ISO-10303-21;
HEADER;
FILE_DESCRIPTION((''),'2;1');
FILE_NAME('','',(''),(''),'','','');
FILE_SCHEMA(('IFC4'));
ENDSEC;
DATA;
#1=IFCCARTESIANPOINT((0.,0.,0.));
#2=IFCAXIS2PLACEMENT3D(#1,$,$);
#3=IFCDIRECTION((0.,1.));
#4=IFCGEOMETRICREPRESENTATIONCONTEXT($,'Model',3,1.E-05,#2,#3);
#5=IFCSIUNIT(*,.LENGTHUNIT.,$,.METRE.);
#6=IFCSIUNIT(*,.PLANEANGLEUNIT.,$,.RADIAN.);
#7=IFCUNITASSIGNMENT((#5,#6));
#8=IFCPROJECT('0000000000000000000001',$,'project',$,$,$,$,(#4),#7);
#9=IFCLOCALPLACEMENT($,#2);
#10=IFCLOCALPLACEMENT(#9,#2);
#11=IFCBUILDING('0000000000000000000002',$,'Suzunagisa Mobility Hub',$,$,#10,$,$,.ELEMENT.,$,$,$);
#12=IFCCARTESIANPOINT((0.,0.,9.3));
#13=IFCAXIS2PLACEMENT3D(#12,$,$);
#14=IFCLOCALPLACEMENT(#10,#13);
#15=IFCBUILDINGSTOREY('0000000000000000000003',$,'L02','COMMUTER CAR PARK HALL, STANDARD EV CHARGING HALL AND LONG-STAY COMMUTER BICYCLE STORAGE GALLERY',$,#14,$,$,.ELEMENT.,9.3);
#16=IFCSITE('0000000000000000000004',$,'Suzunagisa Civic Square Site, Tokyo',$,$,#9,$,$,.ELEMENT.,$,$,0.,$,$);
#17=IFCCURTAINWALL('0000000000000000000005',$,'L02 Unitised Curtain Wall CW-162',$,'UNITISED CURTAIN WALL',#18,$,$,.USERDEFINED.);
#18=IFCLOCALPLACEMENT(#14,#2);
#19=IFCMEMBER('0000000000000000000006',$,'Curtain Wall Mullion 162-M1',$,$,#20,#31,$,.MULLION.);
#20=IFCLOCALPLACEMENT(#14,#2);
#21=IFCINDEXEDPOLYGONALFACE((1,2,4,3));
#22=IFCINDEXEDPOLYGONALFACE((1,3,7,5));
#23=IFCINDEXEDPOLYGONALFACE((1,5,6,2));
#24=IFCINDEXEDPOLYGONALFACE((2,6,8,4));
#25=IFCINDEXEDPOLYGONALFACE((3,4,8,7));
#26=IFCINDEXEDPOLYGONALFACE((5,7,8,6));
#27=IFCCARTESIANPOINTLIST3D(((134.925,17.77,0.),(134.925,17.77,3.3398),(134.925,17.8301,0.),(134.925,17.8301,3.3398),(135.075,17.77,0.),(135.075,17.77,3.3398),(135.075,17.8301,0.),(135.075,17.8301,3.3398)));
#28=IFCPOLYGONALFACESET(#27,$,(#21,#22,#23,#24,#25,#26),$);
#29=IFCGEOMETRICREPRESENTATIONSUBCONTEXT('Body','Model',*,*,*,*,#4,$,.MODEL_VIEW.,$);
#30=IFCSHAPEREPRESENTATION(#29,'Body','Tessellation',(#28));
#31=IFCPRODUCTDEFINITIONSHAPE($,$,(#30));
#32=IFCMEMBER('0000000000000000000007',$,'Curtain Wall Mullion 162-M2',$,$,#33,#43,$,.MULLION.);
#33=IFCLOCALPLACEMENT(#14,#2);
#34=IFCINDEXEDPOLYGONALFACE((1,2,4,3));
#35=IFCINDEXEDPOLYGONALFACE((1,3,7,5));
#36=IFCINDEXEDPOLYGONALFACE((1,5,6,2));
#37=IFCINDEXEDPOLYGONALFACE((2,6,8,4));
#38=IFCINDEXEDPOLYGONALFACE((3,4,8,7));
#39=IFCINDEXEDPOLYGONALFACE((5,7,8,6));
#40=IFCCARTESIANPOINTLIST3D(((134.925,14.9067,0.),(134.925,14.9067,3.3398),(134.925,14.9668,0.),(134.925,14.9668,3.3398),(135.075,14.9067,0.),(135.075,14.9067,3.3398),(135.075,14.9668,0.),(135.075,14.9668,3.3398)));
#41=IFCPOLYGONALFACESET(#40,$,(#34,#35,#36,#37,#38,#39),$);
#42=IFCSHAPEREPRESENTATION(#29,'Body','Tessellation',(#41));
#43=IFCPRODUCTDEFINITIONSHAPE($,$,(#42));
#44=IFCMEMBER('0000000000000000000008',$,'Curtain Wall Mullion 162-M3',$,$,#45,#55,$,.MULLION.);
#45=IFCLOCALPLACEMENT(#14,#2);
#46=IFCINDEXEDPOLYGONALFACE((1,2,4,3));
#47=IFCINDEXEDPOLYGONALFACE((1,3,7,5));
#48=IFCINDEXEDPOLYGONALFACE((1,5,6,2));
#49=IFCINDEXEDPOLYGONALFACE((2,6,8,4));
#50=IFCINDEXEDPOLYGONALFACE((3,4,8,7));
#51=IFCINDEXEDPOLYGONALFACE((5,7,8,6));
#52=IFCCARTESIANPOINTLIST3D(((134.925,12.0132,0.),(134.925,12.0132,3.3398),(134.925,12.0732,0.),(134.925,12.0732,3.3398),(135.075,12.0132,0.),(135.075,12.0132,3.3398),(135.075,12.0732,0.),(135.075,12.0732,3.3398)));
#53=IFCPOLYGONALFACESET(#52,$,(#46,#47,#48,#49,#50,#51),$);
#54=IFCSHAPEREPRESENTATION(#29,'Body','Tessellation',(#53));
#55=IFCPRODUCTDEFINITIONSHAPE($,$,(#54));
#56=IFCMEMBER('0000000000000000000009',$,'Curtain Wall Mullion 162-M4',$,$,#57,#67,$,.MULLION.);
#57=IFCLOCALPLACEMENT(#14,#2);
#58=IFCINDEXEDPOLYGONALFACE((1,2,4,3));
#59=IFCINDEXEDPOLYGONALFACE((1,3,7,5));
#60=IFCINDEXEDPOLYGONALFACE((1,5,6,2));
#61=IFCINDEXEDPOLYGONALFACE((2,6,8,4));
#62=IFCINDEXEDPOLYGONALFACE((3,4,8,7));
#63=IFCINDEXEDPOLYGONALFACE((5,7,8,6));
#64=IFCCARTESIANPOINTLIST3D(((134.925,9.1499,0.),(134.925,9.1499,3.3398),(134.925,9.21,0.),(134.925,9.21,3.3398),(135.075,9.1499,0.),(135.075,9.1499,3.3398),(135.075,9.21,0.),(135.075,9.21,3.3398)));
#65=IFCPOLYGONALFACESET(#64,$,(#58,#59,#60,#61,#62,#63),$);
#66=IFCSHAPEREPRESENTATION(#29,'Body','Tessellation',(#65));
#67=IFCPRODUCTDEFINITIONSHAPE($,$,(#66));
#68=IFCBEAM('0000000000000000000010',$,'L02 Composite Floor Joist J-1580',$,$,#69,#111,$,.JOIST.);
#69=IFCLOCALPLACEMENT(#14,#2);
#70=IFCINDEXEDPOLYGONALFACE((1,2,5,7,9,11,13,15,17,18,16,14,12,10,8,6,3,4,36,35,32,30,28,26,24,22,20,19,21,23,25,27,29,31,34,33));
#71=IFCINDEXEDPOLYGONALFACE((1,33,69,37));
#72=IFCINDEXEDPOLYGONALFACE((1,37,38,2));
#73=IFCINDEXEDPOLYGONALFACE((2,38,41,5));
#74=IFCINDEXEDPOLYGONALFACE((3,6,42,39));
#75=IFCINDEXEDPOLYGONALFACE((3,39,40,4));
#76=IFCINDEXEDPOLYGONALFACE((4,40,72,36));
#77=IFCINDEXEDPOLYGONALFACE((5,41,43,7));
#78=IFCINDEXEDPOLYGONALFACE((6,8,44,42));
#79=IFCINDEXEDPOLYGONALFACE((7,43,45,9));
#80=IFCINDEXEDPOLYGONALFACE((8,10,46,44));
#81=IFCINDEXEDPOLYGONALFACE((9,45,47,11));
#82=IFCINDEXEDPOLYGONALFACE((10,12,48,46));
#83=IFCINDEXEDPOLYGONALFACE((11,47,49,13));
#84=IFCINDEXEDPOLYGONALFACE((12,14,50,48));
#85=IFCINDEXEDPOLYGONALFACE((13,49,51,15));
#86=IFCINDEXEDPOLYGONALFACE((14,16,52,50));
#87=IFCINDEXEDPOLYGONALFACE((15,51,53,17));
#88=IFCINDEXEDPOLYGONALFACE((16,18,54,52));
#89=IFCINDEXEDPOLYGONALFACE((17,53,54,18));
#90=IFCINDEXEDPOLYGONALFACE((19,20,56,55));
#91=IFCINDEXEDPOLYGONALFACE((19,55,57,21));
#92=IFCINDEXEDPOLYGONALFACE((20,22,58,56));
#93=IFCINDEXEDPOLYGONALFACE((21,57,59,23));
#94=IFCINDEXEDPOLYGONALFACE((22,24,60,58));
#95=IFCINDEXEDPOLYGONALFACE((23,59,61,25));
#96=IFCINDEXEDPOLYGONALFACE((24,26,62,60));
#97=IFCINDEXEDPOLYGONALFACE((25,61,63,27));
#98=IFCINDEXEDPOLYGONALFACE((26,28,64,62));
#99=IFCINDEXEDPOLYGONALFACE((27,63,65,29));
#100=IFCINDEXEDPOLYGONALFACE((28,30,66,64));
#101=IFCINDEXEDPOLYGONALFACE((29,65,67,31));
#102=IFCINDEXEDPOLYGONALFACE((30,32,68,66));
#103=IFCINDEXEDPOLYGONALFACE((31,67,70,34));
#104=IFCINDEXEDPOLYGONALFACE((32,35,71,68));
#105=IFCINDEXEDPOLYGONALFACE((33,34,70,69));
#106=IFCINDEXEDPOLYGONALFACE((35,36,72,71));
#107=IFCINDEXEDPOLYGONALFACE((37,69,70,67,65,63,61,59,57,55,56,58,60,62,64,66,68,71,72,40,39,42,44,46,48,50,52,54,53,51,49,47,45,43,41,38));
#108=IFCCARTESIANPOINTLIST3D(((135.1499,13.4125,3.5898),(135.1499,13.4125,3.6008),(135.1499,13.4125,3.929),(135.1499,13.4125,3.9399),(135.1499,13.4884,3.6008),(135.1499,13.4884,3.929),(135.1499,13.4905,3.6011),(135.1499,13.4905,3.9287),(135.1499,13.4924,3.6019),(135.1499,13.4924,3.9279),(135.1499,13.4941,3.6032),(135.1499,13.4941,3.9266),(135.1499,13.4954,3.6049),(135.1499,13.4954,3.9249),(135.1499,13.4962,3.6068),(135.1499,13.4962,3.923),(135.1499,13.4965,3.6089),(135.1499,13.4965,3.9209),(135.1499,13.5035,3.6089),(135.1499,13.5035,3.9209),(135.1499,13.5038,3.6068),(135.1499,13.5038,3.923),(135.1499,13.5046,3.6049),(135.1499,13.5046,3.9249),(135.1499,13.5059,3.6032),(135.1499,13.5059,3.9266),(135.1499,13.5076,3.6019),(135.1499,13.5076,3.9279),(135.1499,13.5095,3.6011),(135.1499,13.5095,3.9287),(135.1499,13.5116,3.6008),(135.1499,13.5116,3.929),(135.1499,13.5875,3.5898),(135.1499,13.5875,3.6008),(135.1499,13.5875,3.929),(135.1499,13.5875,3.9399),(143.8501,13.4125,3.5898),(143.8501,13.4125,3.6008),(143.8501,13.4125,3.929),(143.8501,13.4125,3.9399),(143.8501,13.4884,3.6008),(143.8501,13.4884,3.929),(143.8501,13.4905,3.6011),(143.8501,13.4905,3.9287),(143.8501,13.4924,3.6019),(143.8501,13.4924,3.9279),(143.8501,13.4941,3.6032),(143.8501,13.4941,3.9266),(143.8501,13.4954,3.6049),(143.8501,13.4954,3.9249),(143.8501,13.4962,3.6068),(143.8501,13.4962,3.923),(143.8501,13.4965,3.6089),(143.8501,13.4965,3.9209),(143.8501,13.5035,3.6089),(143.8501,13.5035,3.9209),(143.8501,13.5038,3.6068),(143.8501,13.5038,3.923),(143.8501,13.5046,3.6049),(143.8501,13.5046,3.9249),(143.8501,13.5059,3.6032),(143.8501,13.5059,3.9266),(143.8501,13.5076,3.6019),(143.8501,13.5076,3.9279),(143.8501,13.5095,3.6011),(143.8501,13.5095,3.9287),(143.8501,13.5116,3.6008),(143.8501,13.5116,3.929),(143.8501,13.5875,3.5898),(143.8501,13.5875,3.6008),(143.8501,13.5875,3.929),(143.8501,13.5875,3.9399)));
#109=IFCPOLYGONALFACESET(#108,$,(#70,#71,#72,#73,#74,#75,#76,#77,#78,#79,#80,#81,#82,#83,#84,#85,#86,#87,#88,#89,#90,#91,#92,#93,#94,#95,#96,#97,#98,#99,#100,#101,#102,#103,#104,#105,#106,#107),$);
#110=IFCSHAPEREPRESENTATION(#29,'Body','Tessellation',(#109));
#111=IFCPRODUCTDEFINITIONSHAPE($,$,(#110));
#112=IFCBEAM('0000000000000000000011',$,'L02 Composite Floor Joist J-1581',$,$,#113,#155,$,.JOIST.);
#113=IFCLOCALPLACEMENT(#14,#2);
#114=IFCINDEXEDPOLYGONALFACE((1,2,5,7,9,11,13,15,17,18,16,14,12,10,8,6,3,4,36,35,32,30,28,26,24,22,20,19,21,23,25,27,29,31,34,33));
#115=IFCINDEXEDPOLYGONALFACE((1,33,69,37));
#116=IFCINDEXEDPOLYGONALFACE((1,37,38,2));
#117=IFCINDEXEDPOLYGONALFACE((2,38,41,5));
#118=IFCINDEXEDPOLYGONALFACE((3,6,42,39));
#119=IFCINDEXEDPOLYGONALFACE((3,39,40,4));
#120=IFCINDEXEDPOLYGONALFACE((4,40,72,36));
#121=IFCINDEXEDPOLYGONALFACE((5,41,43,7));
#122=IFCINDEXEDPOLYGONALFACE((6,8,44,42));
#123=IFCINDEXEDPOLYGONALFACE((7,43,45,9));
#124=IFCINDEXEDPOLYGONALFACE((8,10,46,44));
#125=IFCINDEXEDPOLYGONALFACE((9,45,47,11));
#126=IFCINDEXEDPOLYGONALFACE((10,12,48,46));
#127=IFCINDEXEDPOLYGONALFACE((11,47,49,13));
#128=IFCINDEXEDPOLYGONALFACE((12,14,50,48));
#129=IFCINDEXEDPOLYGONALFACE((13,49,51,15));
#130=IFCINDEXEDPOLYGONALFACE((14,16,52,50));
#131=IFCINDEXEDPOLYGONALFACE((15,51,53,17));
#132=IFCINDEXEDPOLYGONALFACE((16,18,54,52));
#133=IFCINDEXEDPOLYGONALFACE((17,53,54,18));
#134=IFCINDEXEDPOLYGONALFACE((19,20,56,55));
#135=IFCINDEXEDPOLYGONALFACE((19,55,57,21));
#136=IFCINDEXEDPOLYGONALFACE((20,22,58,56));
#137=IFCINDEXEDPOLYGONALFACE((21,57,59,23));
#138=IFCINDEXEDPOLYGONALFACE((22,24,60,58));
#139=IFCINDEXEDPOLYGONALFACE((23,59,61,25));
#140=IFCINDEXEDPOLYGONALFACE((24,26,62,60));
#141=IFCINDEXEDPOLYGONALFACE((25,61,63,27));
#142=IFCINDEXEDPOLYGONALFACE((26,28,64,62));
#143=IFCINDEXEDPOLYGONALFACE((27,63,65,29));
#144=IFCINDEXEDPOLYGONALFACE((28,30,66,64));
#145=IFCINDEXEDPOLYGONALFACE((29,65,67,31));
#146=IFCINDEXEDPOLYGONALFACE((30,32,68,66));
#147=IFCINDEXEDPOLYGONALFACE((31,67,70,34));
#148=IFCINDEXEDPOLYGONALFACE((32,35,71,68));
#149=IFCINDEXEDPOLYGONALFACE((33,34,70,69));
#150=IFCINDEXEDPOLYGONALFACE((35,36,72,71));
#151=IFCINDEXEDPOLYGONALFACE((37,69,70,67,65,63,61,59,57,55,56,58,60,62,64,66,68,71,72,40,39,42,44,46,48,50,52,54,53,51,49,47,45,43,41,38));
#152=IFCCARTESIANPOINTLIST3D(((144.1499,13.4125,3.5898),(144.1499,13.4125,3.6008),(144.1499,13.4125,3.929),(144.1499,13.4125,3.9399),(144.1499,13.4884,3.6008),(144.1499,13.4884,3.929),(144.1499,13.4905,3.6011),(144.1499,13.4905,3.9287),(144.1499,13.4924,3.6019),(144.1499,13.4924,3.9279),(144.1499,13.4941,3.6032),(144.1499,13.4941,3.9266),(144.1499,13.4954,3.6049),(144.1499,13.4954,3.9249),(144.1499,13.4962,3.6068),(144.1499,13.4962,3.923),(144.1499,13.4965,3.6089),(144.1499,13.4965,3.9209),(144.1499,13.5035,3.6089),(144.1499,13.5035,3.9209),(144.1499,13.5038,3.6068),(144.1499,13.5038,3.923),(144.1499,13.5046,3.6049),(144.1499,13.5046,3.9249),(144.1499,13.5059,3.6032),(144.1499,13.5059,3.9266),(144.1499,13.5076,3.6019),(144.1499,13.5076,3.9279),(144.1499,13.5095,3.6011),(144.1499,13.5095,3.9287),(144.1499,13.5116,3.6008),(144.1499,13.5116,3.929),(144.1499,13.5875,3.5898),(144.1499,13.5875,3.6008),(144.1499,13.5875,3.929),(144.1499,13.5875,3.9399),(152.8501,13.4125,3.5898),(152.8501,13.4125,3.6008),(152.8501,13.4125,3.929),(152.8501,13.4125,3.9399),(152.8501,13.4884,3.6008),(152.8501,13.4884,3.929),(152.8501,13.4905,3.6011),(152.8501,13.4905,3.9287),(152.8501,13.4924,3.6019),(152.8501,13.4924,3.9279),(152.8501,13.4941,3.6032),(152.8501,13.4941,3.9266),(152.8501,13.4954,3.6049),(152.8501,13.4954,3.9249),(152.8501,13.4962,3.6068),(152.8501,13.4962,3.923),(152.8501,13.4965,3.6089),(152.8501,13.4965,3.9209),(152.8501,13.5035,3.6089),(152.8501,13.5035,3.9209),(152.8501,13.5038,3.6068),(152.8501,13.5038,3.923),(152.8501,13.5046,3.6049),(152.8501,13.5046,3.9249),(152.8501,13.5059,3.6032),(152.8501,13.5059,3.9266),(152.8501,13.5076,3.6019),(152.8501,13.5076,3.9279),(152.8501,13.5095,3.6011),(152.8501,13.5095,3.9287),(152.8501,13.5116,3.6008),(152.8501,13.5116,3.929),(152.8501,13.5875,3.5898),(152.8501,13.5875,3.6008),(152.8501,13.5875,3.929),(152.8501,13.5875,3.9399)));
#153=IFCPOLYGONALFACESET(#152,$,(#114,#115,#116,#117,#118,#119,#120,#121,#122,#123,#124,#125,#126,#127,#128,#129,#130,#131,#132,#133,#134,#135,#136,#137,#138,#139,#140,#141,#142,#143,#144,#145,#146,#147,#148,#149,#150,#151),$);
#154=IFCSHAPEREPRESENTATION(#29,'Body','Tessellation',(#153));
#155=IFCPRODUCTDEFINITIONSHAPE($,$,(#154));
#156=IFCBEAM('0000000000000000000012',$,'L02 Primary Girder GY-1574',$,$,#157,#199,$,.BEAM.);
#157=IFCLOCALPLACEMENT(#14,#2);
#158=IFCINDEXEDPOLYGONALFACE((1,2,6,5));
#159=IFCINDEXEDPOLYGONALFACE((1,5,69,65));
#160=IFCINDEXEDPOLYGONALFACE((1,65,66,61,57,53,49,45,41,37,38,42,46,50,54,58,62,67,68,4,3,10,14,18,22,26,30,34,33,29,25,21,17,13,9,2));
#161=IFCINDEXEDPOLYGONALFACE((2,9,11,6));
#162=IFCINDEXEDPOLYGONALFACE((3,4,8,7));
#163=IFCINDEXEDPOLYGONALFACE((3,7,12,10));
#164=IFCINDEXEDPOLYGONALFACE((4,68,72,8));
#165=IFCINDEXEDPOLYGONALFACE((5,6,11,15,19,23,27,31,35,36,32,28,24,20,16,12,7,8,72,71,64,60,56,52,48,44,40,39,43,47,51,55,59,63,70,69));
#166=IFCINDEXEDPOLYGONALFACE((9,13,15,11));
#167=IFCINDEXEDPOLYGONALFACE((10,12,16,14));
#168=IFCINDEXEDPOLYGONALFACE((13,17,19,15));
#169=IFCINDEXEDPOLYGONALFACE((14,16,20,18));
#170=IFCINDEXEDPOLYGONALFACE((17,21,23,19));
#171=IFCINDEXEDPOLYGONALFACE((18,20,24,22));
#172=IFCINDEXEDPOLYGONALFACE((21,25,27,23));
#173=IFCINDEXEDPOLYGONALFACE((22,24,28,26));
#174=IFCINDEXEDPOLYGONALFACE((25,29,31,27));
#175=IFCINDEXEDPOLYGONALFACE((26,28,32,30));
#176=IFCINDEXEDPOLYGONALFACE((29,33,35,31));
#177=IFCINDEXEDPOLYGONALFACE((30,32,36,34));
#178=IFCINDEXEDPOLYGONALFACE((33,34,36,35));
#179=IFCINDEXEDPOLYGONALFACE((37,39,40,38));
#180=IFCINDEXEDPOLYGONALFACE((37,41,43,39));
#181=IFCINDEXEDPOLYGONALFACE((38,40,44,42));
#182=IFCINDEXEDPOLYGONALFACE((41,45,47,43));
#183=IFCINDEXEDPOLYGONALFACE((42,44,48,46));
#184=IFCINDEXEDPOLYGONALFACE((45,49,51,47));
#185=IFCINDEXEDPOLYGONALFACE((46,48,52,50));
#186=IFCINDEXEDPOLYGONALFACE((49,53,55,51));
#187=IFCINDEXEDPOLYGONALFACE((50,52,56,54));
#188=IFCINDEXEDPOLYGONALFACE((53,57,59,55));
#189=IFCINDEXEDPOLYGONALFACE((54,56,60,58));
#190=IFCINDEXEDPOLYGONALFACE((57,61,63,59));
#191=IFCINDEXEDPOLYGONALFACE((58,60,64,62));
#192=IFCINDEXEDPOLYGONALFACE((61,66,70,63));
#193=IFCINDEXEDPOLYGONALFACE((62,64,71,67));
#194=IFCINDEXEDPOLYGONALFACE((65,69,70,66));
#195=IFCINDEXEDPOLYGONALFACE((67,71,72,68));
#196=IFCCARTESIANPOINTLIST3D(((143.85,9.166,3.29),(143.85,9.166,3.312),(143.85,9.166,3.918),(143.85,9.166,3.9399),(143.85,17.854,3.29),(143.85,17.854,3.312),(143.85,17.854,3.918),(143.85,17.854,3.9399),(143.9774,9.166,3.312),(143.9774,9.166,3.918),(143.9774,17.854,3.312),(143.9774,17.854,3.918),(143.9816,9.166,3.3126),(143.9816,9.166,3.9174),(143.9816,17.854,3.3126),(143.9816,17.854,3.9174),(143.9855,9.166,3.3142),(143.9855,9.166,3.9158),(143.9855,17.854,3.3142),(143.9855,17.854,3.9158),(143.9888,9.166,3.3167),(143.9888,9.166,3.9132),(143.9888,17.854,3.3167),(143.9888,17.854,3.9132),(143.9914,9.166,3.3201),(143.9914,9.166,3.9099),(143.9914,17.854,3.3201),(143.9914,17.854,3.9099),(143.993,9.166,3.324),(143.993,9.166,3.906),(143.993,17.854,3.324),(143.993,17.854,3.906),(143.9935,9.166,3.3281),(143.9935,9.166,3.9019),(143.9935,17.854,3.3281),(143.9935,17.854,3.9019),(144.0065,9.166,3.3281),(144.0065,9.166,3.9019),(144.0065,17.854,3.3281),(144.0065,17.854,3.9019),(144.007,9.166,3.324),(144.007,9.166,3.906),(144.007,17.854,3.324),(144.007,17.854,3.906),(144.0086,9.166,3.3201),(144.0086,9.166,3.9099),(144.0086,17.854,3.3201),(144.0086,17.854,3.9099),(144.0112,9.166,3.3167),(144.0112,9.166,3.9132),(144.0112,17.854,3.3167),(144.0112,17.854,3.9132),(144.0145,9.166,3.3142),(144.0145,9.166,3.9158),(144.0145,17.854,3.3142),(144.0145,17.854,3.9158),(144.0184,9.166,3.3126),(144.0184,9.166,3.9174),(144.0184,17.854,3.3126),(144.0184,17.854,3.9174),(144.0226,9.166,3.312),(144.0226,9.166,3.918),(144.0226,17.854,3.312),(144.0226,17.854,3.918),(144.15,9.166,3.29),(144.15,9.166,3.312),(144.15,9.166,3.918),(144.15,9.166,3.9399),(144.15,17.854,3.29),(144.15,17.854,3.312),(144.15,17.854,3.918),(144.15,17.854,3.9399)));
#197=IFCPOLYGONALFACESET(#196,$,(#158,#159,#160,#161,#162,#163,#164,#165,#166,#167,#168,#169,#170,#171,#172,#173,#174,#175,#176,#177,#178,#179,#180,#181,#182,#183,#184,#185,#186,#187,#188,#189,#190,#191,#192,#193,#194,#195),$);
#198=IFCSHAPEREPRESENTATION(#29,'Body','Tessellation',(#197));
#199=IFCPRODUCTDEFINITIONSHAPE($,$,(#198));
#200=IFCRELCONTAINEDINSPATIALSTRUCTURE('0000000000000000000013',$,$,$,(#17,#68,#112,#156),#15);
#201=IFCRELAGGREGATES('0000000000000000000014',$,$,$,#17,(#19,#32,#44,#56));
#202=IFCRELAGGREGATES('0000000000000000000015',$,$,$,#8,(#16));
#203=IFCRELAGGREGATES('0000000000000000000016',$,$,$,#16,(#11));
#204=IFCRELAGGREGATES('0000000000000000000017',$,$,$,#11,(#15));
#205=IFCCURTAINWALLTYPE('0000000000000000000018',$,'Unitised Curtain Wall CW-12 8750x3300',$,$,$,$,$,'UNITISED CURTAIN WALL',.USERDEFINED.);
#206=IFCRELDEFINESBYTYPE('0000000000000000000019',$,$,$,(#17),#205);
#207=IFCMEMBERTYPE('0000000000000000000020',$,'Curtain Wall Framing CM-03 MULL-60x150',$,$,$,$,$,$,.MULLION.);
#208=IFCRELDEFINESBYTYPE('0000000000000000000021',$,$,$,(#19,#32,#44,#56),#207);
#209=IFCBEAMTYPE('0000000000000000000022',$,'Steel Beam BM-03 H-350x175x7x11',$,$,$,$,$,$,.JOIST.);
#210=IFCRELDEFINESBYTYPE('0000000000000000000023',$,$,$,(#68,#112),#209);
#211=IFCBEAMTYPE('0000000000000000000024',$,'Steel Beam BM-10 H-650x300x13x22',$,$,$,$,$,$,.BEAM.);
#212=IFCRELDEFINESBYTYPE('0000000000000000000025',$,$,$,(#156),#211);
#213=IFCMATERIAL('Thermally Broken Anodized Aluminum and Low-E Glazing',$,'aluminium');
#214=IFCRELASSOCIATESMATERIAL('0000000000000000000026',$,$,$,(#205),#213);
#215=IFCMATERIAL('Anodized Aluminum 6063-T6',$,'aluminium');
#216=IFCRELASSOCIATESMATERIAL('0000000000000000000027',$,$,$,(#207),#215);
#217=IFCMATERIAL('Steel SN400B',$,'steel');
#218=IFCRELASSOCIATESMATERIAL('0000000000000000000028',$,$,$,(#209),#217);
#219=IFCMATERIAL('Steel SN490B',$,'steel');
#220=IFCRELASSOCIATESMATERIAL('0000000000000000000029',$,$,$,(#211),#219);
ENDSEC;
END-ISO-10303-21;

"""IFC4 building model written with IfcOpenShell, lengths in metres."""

from ifc_helpers import new_model, si_unit, direction, frame, origin, origin_2d, place, context, subcontext, project, spatial, rectangle, i_section, extrude, material, material_profile, profile_set, type_object, element, aggregate, save


model = new_model("IFC4")

# Units and contexts
model_context = context("Model", 3, precision=1e-05, world=origin(), true_north=direction((0.0, 1.0)))
body_context = subcontext(model_context, "Body", "Model", "MODEL_VIEW")
ifc_project = project(units=[si_unit("LENGTHUNIT", "METRE"), si_unit("PLANEANGLEUNIT", "RADIAN")], contexts=[model_context])

# Site, building, storey
site_placement = place(None, origin())
site = spatial("IfcSite", under=ifc_project, at=site_placement, Name="Suzunagisa Civic Square Site, Tokyo", CompositionType="ELEMENT", RefElevation=0.0)
building_placement = place(site_placement, origin())
building = spatial("IfcBuilding", under=site, at=building_placement, Name="Suzunagisa Mobility Hub", CompositionType="ELEMENT")
storey_placement = place(building_placement, frame((0.0, 0.0, 9.3)))
storey = spatial("IfcBuildingStorey", under=building, at=storey_placement, Name="L02", Description="COMMUTER CAR PARK HALL, STANDARD EV CHARGING HALL AND LONG-STAY COMMUTER BICYCLE STORAGE GALLERY", CompositionType="ELEMENT", Elevation=9.3)

# Shared definitions
ifc_material_1 = material(Name="Steel SN490B", Category="steel")

# Curtain wall, members
ifc_material_2 = material(Name="Thermally Broken Anodized Aluminum and Low-E Glazing", Category="aluminium")
curtain_wall_type = type_object("IfcCurtainWallType", Name="Unitised Curtain Wall CW-12 8750x3300", ElementType="UNITISED CURTAIN WALL", PredefinedType="USERDEFINED", material=ifc_material_2)
curtain_wall_placement = place(storey_placement, origin())
curtain_wall = element("IfcCurtainWall", 1, at=curtain_wall_placement, inside=storey, type_object=curtain_wall_type, Name="L02 Unitised Curtain Wall CW-162", ObjectType="UNITISED CURTAIN WALL", PredefinedType="USERDEFINED")
ifc_material_3 = material(Name="Anodized Aluminum 6063-T6", Category="aluminium")
ifc_material_profile_1 = material_profile(ifc_material_3, rectangle(XDim=0.0601, YDim=0.1499, at=origin_2d()), Name="MULL-60x150")
ifc_profile_set_1 = profile_set([ifc_material_profile_1], Name="Anodized Aluminum 6063-T6")
member_type_1 = type_object("IfcMemberType", Name="Curtain Wall Framing CM-03 MULL-60x150", PredefinedType="MULLION", material=ifc_profile_set_1)
member_1_placement = place(storey_placement, frame((135.0, 17.8, 0.0), z_axis=(0.0, 0.0, 1.0), x_axis=(0.0, -1.0, 0.0)))
member_1 = element("IfcMember", 2, at=member_1_placement, type_object=member_type_1, Name="Curtain Wall Mullion 162-M1", PredefinedType="MULLION", context=body_context, shape_type="SweptSolid", body=[
    extrude(rectangle(XDim=0.0601, YDim=0.1499, at=origin_2d()), origin(), (0.0, 0.0, 1.0), 3.3398),
])
member_2_placement = place(storey_placement, frame((135.0, 14.9368, 0.0), z_axis=(0.0, 0.0, 1.0), x_axis=(0.0, -1.0, 0.0)))
member_2 = element("IfcMember", 3, at=member_2_placement, type_object=member_type_1, Name="Curtain Wall Mullion 162-M2", PredefinedType="MULLION", context=body_context, shape_type="SweptSolid", body=[
    extrude(rectangle(XDim=0.0601, YDim=0.1499, at=origin_2d()), origin(), (0.0, 0.0, 1.0), 3.3398),
])
member_3_placement = place(storey_placement, frame((135.0, 12.0432, 0.0), z_axis=(0.0, 0.0, 1.0), x_axis=(0.0, -1.0, 0.0)))
member_3 = element("IfcMember", 4, at=member_3_placement, type_object=member_type_1, Name="Curtain Wall Mullion 162-M3", PredefinedType="MULLION", context=body_context, shape_type="SweptSolid", body=[
    extrude(rectangle(XDim=0.0601, YDim=0.1499, at=origin_2d()), origin(), (0.0, 0.0, 1.0), 3.3398),
])
member_4_placement = place(storey_placement, frame((135.0, 9.1799, 0.0), z_axis=(0.0, 0.0, 1.0), x_axis=(0.0, -1.0, 0.0)))
member_4 = element("IfcMember", 5, at=member_4_placement, type_object=member_type_1, Name="Curtain Wall Mullion 162-M4", PredefinedType="MULLION", context=body_context, shape_type="SweptSolid", body=[
    extrude(rectangle(XDim=0.0601, YDim=0.1499, at=origin_2d()), origin(), (0.0, 0.0, 1.0), 3.3398),
])

# Beams
ifc_material_4 = material(Name="Steel SN400B", Category="steel")
ifc_material_profile_2 = material_profile(ifc_material_4, i_section(OverallWidth=0.175, OverallDepth=0.3501, WebThickness=0.0071, FlangeThickness=0.011, FilletRadius=0.0081, at=origin_2d()), Name="H-350x175x7x11")
ifc_profile_set_2 = profile_set([ifc_material_profile_2], Name="Steel SN400B")
beam_type_1 = type_object("IfcBeamType", Name="Steel Beam BM-03 H-350x175x7x11", PredefinedType="JOIST", material=ifc_profile_set_2)
for number, where, z_axis, x_axis, name in (
    (6, (135.1499, 13.5, 3.7649), (1.0, 0.0, 0.0), (0.0, 1.0, 0.0), "L02 Composite Floor Joist J-1580"),
    (7, (144.1499, 13.5, 3.7649), (1.0, 0.0, 0.0), (0.0, 1.0, 0.0), "L02 Composite Floor Joist J-1581"),
):
    element("IfcBeam", number, at=place(storey_placement, frame(where, z_axis=z_axis, x_axis=x_axis)), inside=storey, type_object=beam_type_1, Name=name, PredefinedType="JOIST", context=body_context, shape_type="SweptSolid", body=[
        extrude(i_section(OverallWidth=0.175, OverallDepth=0.3501, WebThickness=0.0071, FlangeThickness=0.011, FilletRadius=0.0081, at=origin_2d()), origin(), (0.0, 0.0, 1.0), 8.7002),
    ])
ifc_material_profile_3 = material_profile(ifc_material_1, i_section(OverallWidth=0.3, OverallDepth=0.6499, WebThickness=0.0129, FlangeThickness=0.022, FilletRadius=0.0161, at=origin_2d()), Name="H-650x300x13x22")
ifc_profile_set_3 = profile_set([ifc_material_profile_3], Name="Steel SN490B")
beam_type_2 = type_object("IfcBeamType", Name="Steel Beam BM-10 H-650x300x13x22", PredefinedType="BEAM", material=ifc_profile_set_3)
beam_1_placement = place(storey_placement, frame((144.0, 9.166, 3.615), z_axis=(0.0, 1.0, 0.0), x_axis=(-1.0, 0.0, 0.0)))
element("IfcBeam", 8, at=beam_1_placement, inside=storey, type_object=beam_type_2, Name="L02 Primary Girder GY-1574", PredefinedType="BEAM", context=body_context, shape_type="SweptSolid", body=[
    extrude(i_section(OverallWidth=0.3, OverallDepth=0.6499, WebThickness=0.0129, FlangeThickness=0.022, FilletRadius=0.0161, at=origin_2d()), origin(), (0.0, 0.0, 1.0), 8.688),
])

aggregate(curtain_wall, [member_1, member_2, member_3, member_4])

save(model, "model.ifc")
